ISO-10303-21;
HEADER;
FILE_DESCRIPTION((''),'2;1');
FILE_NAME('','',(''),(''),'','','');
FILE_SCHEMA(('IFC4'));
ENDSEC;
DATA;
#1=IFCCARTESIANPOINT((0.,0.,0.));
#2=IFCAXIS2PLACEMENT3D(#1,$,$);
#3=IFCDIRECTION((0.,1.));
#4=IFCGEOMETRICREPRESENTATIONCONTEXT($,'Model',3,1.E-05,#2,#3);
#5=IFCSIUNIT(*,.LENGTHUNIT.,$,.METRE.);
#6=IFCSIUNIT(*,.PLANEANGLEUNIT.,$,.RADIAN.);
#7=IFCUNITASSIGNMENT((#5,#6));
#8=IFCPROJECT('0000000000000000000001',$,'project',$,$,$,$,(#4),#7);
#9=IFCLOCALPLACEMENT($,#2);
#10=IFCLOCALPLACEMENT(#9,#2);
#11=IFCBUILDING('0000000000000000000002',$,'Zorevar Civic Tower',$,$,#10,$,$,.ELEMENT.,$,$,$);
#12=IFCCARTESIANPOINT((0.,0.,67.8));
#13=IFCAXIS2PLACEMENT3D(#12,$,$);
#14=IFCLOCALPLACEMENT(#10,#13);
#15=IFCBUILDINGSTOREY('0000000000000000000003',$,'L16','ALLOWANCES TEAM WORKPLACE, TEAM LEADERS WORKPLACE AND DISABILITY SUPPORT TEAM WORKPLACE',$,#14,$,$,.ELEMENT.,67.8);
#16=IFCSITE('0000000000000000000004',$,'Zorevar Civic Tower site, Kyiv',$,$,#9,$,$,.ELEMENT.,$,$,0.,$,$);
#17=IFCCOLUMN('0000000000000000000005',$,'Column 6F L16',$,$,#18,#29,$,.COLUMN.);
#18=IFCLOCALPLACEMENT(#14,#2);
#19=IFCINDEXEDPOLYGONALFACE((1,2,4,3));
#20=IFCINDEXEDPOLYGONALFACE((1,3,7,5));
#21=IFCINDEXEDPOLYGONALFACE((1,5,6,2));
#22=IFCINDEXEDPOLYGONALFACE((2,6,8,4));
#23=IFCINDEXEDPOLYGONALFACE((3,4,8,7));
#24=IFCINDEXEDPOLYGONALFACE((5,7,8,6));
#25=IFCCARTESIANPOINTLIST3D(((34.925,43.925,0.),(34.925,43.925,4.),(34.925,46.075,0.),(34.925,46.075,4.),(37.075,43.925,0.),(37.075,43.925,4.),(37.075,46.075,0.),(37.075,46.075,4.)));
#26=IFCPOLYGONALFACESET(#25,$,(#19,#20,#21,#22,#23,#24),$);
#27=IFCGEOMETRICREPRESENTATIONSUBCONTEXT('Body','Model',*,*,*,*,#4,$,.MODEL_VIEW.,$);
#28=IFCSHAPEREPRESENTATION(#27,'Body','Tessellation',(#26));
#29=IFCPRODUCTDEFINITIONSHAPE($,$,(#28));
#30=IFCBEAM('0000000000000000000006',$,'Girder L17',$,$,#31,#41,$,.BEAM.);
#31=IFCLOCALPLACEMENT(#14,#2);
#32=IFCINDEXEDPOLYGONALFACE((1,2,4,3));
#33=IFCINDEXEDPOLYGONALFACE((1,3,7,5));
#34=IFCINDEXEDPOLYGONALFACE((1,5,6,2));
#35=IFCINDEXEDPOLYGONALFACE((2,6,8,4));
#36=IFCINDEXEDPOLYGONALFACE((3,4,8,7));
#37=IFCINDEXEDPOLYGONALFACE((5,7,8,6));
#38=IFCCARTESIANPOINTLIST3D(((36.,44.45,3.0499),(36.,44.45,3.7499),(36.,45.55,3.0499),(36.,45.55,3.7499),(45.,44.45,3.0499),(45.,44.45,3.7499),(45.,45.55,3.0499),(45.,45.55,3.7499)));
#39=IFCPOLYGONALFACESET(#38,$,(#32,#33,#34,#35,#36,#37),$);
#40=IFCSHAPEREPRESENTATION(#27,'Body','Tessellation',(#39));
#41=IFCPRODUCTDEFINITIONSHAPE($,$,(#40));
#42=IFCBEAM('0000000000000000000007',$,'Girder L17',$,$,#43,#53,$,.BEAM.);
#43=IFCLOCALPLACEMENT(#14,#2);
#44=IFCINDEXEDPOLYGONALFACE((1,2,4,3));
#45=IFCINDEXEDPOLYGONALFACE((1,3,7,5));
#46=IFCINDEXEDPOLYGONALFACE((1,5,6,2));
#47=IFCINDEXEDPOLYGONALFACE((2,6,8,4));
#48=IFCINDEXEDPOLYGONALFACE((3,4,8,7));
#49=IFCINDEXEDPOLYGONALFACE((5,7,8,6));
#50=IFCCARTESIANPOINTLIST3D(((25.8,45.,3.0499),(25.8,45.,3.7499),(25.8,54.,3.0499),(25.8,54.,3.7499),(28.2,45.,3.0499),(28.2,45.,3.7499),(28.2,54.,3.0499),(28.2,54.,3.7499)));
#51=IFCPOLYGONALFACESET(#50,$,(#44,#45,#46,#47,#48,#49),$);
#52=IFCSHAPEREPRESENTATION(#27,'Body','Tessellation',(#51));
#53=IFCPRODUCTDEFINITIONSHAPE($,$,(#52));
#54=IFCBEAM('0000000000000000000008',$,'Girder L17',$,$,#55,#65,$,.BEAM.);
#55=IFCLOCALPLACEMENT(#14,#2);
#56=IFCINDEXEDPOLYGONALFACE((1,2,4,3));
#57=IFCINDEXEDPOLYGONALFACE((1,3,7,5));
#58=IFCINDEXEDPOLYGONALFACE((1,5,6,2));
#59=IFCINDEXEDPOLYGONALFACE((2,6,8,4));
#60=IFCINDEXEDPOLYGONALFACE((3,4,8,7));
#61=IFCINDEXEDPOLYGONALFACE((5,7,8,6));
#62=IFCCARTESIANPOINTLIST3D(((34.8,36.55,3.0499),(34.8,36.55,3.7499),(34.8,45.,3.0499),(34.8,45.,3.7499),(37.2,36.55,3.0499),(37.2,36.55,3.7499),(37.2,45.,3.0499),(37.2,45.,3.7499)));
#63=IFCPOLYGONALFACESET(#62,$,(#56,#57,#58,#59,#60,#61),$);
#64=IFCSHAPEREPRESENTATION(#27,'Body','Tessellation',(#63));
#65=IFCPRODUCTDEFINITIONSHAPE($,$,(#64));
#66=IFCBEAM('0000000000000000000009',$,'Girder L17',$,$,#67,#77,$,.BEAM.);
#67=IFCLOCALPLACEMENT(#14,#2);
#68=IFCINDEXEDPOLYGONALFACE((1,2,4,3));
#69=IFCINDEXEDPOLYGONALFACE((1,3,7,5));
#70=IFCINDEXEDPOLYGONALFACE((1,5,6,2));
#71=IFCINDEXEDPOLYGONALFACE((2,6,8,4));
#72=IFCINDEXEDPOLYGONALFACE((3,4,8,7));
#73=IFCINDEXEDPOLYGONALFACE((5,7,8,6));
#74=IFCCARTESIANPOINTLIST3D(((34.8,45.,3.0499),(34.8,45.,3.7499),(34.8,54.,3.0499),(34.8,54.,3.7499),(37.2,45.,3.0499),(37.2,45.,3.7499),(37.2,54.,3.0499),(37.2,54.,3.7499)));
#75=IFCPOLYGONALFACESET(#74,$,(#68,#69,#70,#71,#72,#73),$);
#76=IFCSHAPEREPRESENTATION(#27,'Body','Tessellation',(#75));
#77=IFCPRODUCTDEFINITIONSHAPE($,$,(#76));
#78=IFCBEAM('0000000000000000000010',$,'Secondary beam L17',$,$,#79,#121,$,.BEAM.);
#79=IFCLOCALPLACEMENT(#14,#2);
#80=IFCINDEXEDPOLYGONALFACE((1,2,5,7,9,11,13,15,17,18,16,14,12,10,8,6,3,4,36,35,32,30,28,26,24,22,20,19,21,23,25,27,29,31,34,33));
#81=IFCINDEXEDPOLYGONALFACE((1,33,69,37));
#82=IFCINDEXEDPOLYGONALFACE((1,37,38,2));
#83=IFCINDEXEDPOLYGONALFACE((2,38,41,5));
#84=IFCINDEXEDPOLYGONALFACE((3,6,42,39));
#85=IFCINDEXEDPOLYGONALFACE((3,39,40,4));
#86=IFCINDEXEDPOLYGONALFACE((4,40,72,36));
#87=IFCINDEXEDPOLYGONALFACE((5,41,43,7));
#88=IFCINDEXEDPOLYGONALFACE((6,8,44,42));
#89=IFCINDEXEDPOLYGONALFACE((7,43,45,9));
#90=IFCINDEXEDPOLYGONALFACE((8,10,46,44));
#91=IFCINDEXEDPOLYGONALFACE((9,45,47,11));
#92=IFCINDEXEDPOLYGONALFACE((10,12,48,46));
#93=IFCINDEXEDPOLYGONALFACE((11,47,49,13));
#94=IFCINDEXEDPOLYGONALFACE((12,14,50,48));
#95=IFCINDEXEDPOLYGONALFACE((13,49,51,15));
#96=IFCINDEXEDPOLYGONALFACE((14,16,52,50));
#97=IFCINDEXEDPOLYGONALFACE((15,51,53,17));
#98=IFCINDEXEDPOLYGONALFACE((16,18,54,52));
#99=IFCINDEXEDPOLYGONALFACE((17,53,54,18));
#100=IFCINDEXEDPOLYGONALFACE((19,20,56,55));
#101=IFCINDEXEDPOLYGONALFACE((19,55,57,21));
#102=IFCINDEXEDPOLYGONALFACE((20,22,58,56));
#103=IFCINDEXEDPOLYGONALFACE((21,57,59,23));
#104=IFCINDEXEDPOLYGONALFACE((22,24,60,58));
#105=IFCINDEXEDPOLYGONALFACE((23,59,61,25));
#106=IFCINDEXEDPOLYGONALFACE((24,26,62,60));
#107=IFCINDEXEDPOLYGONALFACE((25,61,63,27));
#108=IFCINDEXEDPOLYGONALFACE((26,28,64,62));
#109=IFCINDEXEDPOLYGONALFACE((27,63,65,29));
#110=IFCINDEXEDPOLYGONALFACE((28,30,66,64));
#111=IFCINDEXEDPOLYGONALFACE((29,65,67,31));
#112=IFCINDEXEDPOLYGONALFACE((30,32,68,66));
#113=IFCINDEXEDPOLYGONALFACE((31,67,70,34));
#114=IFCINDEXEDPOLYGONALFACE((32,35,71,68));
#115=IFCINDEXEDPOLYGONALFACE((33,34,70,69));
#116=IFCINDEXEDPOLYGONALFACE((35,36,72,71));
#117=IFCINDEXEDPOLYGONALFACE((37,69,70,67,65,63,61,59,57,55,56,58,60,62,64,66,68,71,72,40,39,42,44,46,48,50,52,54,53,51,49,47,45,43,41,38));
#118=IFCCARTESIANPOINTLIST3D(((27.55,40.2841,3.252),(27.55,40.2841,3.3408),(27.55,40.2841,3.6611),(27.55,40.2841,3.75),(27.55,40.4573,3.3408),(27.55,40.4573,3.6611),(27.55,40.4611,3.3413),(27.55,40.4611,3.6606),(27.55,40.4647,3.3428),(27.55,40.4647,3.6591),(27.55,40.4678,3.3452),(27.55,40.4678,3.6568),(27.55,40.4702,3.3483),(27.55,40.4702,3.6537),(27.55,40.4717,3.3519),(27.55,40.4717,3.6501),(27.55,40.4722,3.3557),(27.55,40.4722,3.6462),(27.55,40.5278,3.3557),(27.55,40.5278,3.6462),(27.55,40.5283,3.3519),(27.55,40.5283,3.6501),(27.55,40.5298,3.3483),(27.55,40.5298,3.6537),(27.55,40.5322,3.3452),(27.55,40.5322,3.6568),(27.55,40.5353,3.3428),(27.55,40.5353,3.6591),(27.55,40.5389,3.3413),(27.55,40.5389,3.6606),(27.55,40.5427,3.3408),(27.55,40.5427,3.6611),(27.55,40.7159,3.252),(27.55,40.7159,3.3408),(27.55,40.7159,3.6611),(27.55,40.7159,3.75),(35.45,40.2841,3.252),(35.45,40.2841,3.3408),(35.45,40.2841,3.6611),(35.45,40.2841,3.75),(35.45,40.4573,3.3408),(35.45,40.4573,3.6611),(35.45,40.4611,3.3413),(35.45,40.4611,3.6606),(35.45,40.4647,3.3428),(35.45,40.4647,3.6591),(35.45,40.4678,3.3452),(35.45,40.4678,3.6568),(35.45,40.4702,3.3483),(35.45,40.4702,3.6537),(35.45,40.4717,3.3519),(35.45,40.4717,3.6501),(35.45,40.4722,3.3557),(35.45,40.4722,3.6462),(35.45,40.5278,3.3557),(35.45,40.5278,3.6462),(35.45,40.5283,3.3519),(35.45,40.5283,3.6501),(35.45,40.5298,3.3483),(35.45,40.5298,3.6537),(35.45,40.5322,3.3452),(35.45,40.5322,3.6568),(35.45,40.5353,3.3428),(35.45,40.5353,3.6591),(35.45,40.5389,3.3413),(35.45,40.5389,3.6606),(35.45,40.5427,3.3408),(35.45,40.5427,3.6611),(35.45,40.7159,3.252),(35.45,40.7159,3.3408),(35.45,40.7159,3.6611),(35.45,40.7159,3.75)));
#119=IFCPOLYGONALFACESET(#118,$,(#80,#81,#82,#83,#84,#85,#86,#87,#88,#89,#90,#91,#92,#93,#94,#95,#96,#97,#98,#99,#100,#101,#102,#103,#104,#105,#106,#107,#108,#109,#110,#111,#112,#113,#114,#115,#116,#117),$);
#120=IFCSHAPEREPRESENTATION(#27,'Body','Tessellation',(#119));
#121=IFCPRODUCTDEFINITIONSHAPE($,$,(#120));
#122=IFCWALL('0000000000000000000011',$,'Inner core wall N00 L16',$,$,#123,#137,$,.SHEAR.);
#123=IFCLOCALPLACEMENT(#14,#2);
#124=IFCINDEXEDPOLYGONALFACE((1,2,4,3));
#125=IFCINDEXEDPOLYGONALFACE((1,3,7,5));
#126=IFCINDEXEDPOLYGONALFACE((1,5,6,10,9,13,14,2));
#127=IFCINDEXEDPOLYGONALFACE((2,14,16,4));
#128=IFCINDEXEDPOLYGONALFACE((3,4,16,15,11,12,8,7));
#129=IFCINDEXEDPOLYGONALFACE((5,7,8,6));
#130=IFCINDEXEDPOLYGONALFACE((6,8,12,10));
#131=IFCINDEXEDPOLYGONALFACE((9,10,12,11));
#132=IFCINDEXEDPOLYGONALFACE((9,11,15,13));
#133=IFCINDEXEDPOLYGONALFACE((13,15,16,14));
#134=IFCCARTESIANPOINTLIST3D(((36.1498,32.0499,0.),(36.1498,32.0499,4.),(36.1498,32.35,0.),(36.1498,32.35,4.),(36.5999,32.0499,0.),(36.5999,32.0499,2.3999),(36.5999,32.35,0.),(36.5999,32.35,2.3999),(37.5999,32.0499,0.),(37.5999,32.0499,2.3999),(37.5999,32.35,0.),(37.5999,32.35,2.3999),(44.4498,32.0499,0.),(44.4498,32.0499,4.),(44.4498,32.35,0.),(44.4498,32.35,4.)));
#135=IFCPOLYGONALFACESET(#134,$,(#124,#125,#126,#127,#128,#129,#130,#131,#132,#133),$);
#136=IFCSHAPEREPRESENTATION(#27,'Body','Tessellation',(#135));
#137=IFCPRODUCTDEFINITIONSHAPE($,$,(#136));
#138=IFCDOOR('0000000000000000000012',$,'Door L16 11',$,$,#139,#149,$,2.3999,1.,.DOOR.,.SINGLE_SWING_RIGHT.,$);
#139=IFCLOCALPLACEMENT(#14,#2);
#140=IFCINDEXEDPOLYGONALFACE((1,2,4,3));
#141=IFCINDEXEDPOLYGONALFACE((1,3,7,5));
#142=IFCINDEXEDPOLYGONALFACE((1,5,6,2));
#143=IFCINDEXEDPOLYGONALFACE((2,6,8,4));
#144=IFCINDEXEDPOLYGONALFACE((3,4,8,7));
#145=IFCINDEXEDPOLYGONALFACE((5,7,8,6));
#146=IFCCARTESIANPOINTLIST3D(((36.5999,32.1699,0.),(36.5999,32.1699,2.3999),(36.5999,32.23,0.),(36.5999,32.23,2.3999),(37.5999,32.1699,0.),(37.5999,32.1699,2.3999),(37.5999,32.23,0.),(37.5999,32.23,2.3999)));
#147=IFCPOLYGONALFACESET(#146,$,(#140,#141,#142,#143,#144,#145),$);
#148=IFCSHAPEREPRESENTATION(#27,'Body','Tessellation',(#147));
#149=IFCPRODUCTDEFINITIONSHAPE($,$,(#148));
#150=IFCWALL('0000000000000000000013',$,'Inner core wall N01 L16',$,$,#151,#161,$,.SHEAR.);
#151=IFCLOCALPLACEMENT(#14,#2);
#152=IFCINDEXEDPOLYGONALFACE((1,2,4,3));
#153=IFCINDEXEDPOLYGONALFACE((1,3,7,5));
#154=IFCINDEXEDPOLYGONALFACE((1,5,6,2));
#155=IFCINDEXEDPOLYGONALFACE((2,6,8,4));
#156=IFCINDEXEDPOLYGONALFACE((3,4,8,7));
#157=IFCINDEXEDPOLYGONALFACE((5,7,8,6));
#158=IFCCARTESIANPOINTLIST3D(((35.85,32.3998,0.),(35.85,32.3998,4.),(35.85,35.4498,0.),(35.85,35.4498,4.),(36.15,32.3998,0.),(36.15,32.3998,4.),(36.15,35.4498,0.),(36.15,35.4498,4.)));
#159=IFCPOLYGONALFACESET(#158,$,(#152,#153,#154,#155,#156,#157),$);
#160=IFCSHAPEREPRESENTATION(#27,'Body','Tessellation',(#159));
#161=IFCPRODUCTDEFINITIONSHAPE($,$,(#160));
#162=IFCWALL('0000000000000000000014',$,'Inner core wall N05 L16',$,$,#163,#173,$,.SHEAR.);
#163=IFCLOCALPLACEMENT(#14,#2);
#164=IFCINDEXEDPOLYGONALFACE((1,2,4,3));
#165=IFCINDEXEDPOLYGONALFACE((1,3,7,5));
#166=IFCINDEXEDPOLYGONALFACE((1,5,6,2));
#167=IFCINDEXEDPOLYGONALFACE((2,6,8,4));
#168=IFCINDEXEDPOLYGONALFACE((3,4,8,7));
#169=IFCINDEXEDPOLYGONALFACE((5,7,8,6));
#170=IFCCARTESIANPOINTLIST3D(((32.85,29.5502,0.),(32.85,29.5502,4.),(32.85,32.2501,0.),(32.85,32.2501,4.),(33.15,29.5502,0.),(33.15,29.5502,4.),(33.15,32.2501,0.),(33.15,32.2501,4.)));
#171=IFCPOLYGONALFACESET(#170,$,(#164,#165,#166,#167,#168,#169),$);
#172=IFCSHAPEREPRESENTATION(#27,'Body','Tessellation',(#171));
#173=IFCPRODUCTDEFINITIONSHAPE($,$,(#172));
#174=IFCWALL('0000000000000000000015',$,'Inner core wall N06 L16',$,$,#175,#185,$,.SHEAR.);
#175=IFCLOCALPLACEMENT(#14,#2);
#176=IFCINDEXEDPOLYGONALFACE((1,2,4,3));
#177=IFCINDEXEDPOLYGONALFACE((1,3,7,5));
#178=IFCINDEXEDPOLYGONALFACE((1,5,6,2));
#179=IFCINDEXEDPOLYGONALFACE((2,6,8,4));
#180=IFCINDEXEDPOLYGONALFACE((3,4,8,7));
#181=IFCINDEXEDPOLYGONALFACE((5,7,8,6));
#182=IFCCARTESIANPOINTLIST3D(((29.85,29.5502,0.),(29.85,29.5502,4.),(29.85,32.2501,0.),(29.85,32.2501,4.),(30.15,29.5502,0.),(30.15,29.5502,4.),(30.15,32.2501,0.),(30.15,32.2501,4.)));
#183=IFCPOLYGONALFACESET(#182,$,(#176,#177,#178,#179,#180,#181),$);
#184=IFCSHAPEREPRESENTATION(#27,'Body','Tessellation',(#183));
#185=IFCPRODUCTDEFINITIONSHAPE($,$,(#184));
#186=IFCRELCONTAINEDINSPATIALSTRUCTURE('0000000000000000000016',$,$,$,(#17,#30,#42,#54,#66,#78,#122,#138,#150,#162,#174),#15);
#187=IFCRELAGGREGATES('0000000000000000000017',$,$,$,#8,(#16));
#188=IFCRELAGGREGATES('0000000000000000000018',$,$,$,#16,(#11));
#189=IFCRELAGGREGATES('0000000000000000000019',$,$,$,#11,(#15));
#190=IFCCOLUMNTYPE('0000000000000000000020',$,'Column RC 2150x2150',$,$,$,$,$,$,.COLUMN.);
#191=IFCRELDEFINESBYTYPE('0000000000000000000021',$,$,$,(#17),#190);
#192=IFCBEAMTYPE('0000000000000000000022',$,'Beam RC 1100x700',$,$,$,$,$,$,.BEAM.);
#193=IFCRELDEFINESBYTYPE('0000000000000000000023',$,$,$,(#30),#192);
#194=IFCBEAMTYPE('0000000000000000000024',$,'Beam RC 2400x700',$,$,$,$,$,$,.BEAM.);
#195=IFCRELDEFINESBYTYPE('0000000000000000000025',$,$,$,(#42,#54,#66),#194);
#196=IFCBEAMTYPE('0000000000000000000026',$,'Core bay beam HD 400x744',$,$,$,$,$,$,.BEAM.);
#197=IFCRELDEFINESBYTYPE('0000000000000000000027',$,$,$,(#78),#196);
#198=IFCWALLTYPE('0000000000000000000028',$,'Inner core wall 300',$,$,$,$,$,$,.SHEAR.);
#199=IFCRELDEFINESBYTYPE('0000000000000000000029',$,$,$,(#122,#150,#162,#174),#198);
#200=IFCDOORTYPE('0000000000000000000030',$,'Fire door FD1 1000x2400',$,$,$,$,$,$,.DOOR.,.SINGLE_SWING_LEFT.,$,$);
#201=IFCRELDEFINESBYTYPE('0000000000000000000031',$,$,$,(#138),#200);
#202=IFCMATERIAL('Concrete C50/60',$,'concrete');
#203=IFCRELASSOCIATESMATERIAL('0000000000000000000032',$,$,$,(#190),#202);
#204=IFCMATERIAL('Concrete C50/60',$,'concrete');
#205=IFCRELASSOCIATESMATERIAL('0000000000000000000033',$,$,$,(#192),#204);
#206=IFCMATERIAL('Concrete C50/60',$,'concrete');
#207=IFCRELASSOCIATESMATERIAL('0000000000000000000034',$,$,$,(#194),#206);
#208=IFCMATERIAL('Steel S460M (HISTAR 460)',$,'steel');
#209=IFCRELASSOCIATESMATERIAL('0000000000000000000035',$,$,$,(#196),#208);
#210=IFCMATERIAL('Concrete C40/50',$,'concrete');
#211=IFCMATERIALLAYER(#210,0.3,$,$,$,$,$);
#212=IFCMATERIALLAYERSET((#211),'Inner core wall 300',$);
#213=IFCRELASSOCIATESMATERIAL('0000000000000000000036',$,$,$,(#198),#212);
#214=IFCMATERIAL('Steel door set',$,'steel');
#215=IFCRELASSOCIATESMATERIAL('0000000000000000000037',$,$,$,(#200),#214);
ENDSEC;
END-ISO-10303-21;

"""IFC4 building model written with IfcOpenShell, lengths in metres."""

from ifc_helpers import new_model, si_unit, direction, frame, frame_2d, origin, origin_2d, place, context, subcontext, project, spatial, rectangle, i_section, extrude, material, layer, layer_set, material_profile, profile_set, type_object, element, fill, save


model = new_model("IFC4")

# Units and contexts
model_context = context("Model", 3, precision=1e-05, world=origin(), true_north=direction((0.0, 1.0)))
body_context = subcontext(model_context, "Body", "Model", "MODEL_VIEW")
ifc_project = project(units=[si_unit("LENGTHUNIT", "METRE"), si_unit("PLANEANGLEUNIT", "RADIAN")], contexts=[model_context])

# Site, building, storey
site_placement = place(None, origin())
site = spatial("IfcSite", under=ifc_project, at=site_placement, Name="Zorevar Civic Tower site, Kyiv", CompositionType="ELEMENT", RefElevation=0.0)
building_placement = place(site_placement, origin())
building = spatial("IfcBuilding", under=site, at=building_placement, Name="Zorevar Civic Tower", CompositionType="ELEMENT")
storey_placement = place(building_placement, frame((0.0, 0.0, 67.8)))
storey = spatial("IfcBuildingStorey", under=building, at=storey_placement, Name="L16", Description="ALLOWANCES TEAM WORKPLACE, TEAM LEADERS WORKPLACE AND DISABILITY SUPPORT TEAM WORKPLACE", CompositionType="ELEMENT", Elevation=67.8)

# Column
ifc_material_1 = material(Name="Concrete C50/60", Category="concrete")
ifc_material_profile_1 = material_profile(ifc_material_1, rectangle(XDim=2.1499, YDim=2.1499, at=origin_2d()), Name="RC 2150x2150")
ifc_profile_set_1 = profile_set([ifc_material_profile_1], Name="Concrete C50/60")
column_type = type_object("IfcColumnType", Name="Column RC 2150x2150", PredefinedType="COLUMN", material=ifc_profile_set_1)
column_placement = place(storey_placement, frame((36.0, 45.0, 0.0), z_axis=(0.0, 0.0, 1.0), x_axis=(1.0, 0.0, 0.0)))
element("IfcColumn", 1, at=column_placement, inside=storey, type_object=column_type, Name="Column 6F L16", PredefinedType="COLUMN", context=body_context, shape_type="SweptSolid", body=[
    extrude(rectangle(XDim=2.1499, YDim=2.1499, at=origin_2d()), origin(), (0.0, 0.0, 1.0), 4.0),
])

# Beams
ifc_material_2 = material(Name="Concrete C50/60", Category="concrete")
ifc_material_profile_2 = material_profile(ifc_material_2, rectangle(XDim=1.1001, YDim=0.7, at=origin_2d()), Name="RC 1100x700")
ifc_profile_set_2 = profile_set([ifc_material_profile_2], Name="Concrete C50/60")
beam_type_1 = type_object("IfcBeamType", Name="Beam RC 1100x700", PredefinedType="BEAM", material=ifc_profile_set_2)
beam_1_placement = place(storey_placement, frame((36.0, 45.0, 3.3999), z_axis=(1.0, 0.0, 0.0), x_axis=(0.0, 1.0, 0.0)))
element("IfcBeam", 2, at=beam_1_placement, inside=storey, type_object=beam_type_1, Name="Girder L17", PredefinedType="BEAM", context=body_context, shape_type="SweptSolid", body=[
    extrude(rectangle(XDim=1.1001, YDim=0.7, at=origin_2d()), origin(), (0.0, 0.0, 1.0), 9.0),
])
ifc_material_3 = material(Name="Concrete C50/60", Category="concrete")
ifc_material_profile_3 = material_profile(ifc_material_3, rectangle(XDim=2.3999, YDim=0.7, at=origin_2d()), Name="RC 2400x700")
ifc_profile_set_3 = profile_set([ifc_material_profile_3], Name="Concrete C50/60")
beam_type_2 = type_object("IfcBeamType", Name="Beam RC 2400x700", PredefinedType="BEAM", material=ifc_profile_set_3)
beam_2_placement = place(storey_placement, frame((27.0, 45.0, 3.3999), z_axis=(0.0, 1.0, 0.0), x_axis=(-1.0, 0.0, 0.0)))
element("IfcBeam", 3, at=beam_2_placement, inside=storey, type_object=beam_type_2, Name="Girder L17", PredefinedType="BEAM", context=body_context, shape_type="SweptSolid", body=[
    extrude(rectangle(XDim=2.3999, YDim=0.7, at=origin_2d()), origin(), (0.0, 0.0, 1.0), 9.0),
])
beam_3_placement = place(storey_placement, frame((36.0, 36.55, 3.3999), z_axis=(0.0, 1.0, 0.0), x_axis=(-1.0, 0.0, 0.0)))
element("IfcBeam", 4, at=beam_3_placement, inside=storey, type_object=beam_type_2, Name="Girder L17", PredefinedType="BEAM", context=body_context, shape_type="SweptSolid", body=[
    extrude(rectangle(XDim=2.3999, YDim=0.7, at=origin_2d()), origin(), (0.0, 0.0, 1.0), 8.45),
])
beam_4_placement = place(storey_placement, frame((36.0, 45.0, 3.3999), z_axis=(0.0, 1.0, 0.0), x_axis=(-1.0, 0.0, 0.0)))
element("IfcBeam", 5, at=beam_4_placement, inside=storey, type_object=beam_type_2, Name="Girder L17", PredefinedType="BEAM", context=body_context, shape_type="SweptSolid", body=[
    extrude(rectangle(XDim=2.3999, YDim=0.7, at=origin_2d()), origin(), (0.0, 0.0, 1.0), 9.0),
])
ifc_material_4 = material(Name="Steel S460M (HISTAR 460)", Category="steel")
ifc_material_profile_4 = material_profile(ifc_material_4, i_section(OverallWidth=0.4319, OverallDepth=0.498, WebThickness=0.0557, FlangeThickness=0.0889, FilletRadius=0.0149, at=origin_2d()), Name="HD 400x744")
ifc_profile_set_4 = profile_set([ifc_material_profile_4], Name="Steel S460M (HISTAR 460)")
beam_type_3 = type_object("IfcBeamType", Name="Core bay beam HD 400x744", PredefinedType="BEAM", material=ifc_profile_set_4)
beam_5_placement = place(storey_placement, frame((27.55, 40.5, 3.501), z_axis=(1.0, 0.0, 0.0), x_axis=(0.0, 1.0, 0.0)))
element("IfcBeam", 6, at=beam_5_placement, inside=storey, type_object=beam_type_3, Name="Secondary beam L17", PredefinedType="BEAM", context=body_context, shape_type="SweptSolid", body=[
    extrude(i_section(OverallWidth=0.4319, OverallDepth=0.498, WebThickness=0.0557, FlangeThickness=0.0889, FilletRadius=0.0149, at=origin_2d()), origin(), (0.0, 0.0, 1.0), 7.8999),
])

# Wall, opening, door
ifc_material_5 = material(Name="Concrete C40/50", Category="concrete")
ifc_layer_1 = layer(ifc_material_5, 0.3)
ifc_layer_set_1 = layer_set([ifc_layer_1], Name="Inner core wall 300")
wall_type_1 = type_object("IfcWallType", Name="Inner core wall 300", PredefinedType="SHEAR", material=ifc_layer_set_1)
wall_1_placement = place(storey_placement, frame((36.1499, 32.2, 0.0), z_axis=(0.0, 0.0, 1.0), x_axis=(1.0, 0.0, 0.0)))
wall_1 = element("IfcWall", 7, at=wall_1_placement, inside=storey, type_object=wall_type_1, Name="Inner core wall N00 L16", PredefinedType="SHEAR", context=body_context, shape_type="SweptSolid", body=[
    extrude(rectangle(XDim=8.3, YDim=0.3, at=frame_2d((4.1499, 0.0))), origin(), (0.0, 0.0, 1.0), 4.0),
])
opening_1_placement = place(wall_1_placement, frame((0.45, 0.0, 0.0)))
opening_1 = element("IfcOpeningElement", 8, at=opening_1_placement, cuts=wall_1, PredefinedType="OPENING", context=body_context, shape_type="SweptSolid", body=[
    extrude(rectangle(XDim=1.0, YDim=2.3999, at=frame_2d((0.5, 1.2))), frame((0.0, 0.1599, 0.0), z_axis=(0.0, -1.0, 0.0), x_axis=(1.0, 0.0, 0.0)), (0.0, 0.0, 1.0), 0.3201),
])
ifc_material_6 = material(Name="Steel door set", Category="steel")
door_type_1 = type_object("IfcDoorType", Name="Fire door FD1 1000x2400", OperationType="SINGLE_SWING_LEFT", PredefinedType="DOOR", material=ifc_material_6)
door_1_placement = place(opening_1_placement, origin())
door_1 = element("IfcDoor", 9, at=door_1_placement, inside=storey, type_object=door_type_1, Name="Door L16 11", OperationType="SINGLE_SWING_RIGHT", OverallHeight=2.3999, OverallWidth=1.0, PredefinedType="DOOR", context=body_context, shape_type="SweptSolid", body=[
    extrude(rectangle(XDim=1.0, YDim=2.3999, at=frame_2d((0.5, 1.2))), frame((0.0, 0.03, 0.0), z_axis=(0.0, -1.0, 0.0), x_axis=(1.0, 0.0, 0.0)), (0.0, 0.0, 1.0), 0.0601),
])
fill(opening_1, door_1)

# Walls
wall_2_placement = place(storey_placement, frame((36.0, 32.3999, 0.0), z_axis=(0.0, 0.0, 1.0), x_axis=(0.0, 1.0, 0.0)))
element("IfcWall", 10, at=wall_2_placement, inside=storey, type_object=wall_type_1, Name="Inner core wall N01 L16", PredefinedType="SHEAR", context=body_context, shape_type="SweptSolid", body=[
    extrude(rectangle(XDim=3.05, YDim=0.3, at=frame_2d((1.5249, 0.0))), origin(), (0.0, 0.0, 1.0), 4.0),
])
for number, where, z_axis, x_axis, name in (
    (11, (33.0, 29.55, 0.0), (0.0, 0.0, 1.0), (0.0, 1.0, 0.0), "Inner core wall N05 L16"),
    (12, (30.0, 29.55, 0.0), (0.0, 0.0, 1.0), (0.0, 1.0, 0.0), "Inner core wall N06 L16"),
):
    element("IfcWall", number, at=place(storey_placement, frame(where, z_axis=z_axis, x_axis=x_axis)), inside=storey, type_object=wall_type_1, Name=name, PredefinedType="SHEAR", context=body_context, shape_type="SweptSolid", body=[
        extrude(rectangle(XDim=2.7, YDim=0.3, at=frame_2d((1.3501, 0.0))), origin(), (0.0, 0.0, 1.0), 4.0),
    ])

save(model, "model.ifc")
